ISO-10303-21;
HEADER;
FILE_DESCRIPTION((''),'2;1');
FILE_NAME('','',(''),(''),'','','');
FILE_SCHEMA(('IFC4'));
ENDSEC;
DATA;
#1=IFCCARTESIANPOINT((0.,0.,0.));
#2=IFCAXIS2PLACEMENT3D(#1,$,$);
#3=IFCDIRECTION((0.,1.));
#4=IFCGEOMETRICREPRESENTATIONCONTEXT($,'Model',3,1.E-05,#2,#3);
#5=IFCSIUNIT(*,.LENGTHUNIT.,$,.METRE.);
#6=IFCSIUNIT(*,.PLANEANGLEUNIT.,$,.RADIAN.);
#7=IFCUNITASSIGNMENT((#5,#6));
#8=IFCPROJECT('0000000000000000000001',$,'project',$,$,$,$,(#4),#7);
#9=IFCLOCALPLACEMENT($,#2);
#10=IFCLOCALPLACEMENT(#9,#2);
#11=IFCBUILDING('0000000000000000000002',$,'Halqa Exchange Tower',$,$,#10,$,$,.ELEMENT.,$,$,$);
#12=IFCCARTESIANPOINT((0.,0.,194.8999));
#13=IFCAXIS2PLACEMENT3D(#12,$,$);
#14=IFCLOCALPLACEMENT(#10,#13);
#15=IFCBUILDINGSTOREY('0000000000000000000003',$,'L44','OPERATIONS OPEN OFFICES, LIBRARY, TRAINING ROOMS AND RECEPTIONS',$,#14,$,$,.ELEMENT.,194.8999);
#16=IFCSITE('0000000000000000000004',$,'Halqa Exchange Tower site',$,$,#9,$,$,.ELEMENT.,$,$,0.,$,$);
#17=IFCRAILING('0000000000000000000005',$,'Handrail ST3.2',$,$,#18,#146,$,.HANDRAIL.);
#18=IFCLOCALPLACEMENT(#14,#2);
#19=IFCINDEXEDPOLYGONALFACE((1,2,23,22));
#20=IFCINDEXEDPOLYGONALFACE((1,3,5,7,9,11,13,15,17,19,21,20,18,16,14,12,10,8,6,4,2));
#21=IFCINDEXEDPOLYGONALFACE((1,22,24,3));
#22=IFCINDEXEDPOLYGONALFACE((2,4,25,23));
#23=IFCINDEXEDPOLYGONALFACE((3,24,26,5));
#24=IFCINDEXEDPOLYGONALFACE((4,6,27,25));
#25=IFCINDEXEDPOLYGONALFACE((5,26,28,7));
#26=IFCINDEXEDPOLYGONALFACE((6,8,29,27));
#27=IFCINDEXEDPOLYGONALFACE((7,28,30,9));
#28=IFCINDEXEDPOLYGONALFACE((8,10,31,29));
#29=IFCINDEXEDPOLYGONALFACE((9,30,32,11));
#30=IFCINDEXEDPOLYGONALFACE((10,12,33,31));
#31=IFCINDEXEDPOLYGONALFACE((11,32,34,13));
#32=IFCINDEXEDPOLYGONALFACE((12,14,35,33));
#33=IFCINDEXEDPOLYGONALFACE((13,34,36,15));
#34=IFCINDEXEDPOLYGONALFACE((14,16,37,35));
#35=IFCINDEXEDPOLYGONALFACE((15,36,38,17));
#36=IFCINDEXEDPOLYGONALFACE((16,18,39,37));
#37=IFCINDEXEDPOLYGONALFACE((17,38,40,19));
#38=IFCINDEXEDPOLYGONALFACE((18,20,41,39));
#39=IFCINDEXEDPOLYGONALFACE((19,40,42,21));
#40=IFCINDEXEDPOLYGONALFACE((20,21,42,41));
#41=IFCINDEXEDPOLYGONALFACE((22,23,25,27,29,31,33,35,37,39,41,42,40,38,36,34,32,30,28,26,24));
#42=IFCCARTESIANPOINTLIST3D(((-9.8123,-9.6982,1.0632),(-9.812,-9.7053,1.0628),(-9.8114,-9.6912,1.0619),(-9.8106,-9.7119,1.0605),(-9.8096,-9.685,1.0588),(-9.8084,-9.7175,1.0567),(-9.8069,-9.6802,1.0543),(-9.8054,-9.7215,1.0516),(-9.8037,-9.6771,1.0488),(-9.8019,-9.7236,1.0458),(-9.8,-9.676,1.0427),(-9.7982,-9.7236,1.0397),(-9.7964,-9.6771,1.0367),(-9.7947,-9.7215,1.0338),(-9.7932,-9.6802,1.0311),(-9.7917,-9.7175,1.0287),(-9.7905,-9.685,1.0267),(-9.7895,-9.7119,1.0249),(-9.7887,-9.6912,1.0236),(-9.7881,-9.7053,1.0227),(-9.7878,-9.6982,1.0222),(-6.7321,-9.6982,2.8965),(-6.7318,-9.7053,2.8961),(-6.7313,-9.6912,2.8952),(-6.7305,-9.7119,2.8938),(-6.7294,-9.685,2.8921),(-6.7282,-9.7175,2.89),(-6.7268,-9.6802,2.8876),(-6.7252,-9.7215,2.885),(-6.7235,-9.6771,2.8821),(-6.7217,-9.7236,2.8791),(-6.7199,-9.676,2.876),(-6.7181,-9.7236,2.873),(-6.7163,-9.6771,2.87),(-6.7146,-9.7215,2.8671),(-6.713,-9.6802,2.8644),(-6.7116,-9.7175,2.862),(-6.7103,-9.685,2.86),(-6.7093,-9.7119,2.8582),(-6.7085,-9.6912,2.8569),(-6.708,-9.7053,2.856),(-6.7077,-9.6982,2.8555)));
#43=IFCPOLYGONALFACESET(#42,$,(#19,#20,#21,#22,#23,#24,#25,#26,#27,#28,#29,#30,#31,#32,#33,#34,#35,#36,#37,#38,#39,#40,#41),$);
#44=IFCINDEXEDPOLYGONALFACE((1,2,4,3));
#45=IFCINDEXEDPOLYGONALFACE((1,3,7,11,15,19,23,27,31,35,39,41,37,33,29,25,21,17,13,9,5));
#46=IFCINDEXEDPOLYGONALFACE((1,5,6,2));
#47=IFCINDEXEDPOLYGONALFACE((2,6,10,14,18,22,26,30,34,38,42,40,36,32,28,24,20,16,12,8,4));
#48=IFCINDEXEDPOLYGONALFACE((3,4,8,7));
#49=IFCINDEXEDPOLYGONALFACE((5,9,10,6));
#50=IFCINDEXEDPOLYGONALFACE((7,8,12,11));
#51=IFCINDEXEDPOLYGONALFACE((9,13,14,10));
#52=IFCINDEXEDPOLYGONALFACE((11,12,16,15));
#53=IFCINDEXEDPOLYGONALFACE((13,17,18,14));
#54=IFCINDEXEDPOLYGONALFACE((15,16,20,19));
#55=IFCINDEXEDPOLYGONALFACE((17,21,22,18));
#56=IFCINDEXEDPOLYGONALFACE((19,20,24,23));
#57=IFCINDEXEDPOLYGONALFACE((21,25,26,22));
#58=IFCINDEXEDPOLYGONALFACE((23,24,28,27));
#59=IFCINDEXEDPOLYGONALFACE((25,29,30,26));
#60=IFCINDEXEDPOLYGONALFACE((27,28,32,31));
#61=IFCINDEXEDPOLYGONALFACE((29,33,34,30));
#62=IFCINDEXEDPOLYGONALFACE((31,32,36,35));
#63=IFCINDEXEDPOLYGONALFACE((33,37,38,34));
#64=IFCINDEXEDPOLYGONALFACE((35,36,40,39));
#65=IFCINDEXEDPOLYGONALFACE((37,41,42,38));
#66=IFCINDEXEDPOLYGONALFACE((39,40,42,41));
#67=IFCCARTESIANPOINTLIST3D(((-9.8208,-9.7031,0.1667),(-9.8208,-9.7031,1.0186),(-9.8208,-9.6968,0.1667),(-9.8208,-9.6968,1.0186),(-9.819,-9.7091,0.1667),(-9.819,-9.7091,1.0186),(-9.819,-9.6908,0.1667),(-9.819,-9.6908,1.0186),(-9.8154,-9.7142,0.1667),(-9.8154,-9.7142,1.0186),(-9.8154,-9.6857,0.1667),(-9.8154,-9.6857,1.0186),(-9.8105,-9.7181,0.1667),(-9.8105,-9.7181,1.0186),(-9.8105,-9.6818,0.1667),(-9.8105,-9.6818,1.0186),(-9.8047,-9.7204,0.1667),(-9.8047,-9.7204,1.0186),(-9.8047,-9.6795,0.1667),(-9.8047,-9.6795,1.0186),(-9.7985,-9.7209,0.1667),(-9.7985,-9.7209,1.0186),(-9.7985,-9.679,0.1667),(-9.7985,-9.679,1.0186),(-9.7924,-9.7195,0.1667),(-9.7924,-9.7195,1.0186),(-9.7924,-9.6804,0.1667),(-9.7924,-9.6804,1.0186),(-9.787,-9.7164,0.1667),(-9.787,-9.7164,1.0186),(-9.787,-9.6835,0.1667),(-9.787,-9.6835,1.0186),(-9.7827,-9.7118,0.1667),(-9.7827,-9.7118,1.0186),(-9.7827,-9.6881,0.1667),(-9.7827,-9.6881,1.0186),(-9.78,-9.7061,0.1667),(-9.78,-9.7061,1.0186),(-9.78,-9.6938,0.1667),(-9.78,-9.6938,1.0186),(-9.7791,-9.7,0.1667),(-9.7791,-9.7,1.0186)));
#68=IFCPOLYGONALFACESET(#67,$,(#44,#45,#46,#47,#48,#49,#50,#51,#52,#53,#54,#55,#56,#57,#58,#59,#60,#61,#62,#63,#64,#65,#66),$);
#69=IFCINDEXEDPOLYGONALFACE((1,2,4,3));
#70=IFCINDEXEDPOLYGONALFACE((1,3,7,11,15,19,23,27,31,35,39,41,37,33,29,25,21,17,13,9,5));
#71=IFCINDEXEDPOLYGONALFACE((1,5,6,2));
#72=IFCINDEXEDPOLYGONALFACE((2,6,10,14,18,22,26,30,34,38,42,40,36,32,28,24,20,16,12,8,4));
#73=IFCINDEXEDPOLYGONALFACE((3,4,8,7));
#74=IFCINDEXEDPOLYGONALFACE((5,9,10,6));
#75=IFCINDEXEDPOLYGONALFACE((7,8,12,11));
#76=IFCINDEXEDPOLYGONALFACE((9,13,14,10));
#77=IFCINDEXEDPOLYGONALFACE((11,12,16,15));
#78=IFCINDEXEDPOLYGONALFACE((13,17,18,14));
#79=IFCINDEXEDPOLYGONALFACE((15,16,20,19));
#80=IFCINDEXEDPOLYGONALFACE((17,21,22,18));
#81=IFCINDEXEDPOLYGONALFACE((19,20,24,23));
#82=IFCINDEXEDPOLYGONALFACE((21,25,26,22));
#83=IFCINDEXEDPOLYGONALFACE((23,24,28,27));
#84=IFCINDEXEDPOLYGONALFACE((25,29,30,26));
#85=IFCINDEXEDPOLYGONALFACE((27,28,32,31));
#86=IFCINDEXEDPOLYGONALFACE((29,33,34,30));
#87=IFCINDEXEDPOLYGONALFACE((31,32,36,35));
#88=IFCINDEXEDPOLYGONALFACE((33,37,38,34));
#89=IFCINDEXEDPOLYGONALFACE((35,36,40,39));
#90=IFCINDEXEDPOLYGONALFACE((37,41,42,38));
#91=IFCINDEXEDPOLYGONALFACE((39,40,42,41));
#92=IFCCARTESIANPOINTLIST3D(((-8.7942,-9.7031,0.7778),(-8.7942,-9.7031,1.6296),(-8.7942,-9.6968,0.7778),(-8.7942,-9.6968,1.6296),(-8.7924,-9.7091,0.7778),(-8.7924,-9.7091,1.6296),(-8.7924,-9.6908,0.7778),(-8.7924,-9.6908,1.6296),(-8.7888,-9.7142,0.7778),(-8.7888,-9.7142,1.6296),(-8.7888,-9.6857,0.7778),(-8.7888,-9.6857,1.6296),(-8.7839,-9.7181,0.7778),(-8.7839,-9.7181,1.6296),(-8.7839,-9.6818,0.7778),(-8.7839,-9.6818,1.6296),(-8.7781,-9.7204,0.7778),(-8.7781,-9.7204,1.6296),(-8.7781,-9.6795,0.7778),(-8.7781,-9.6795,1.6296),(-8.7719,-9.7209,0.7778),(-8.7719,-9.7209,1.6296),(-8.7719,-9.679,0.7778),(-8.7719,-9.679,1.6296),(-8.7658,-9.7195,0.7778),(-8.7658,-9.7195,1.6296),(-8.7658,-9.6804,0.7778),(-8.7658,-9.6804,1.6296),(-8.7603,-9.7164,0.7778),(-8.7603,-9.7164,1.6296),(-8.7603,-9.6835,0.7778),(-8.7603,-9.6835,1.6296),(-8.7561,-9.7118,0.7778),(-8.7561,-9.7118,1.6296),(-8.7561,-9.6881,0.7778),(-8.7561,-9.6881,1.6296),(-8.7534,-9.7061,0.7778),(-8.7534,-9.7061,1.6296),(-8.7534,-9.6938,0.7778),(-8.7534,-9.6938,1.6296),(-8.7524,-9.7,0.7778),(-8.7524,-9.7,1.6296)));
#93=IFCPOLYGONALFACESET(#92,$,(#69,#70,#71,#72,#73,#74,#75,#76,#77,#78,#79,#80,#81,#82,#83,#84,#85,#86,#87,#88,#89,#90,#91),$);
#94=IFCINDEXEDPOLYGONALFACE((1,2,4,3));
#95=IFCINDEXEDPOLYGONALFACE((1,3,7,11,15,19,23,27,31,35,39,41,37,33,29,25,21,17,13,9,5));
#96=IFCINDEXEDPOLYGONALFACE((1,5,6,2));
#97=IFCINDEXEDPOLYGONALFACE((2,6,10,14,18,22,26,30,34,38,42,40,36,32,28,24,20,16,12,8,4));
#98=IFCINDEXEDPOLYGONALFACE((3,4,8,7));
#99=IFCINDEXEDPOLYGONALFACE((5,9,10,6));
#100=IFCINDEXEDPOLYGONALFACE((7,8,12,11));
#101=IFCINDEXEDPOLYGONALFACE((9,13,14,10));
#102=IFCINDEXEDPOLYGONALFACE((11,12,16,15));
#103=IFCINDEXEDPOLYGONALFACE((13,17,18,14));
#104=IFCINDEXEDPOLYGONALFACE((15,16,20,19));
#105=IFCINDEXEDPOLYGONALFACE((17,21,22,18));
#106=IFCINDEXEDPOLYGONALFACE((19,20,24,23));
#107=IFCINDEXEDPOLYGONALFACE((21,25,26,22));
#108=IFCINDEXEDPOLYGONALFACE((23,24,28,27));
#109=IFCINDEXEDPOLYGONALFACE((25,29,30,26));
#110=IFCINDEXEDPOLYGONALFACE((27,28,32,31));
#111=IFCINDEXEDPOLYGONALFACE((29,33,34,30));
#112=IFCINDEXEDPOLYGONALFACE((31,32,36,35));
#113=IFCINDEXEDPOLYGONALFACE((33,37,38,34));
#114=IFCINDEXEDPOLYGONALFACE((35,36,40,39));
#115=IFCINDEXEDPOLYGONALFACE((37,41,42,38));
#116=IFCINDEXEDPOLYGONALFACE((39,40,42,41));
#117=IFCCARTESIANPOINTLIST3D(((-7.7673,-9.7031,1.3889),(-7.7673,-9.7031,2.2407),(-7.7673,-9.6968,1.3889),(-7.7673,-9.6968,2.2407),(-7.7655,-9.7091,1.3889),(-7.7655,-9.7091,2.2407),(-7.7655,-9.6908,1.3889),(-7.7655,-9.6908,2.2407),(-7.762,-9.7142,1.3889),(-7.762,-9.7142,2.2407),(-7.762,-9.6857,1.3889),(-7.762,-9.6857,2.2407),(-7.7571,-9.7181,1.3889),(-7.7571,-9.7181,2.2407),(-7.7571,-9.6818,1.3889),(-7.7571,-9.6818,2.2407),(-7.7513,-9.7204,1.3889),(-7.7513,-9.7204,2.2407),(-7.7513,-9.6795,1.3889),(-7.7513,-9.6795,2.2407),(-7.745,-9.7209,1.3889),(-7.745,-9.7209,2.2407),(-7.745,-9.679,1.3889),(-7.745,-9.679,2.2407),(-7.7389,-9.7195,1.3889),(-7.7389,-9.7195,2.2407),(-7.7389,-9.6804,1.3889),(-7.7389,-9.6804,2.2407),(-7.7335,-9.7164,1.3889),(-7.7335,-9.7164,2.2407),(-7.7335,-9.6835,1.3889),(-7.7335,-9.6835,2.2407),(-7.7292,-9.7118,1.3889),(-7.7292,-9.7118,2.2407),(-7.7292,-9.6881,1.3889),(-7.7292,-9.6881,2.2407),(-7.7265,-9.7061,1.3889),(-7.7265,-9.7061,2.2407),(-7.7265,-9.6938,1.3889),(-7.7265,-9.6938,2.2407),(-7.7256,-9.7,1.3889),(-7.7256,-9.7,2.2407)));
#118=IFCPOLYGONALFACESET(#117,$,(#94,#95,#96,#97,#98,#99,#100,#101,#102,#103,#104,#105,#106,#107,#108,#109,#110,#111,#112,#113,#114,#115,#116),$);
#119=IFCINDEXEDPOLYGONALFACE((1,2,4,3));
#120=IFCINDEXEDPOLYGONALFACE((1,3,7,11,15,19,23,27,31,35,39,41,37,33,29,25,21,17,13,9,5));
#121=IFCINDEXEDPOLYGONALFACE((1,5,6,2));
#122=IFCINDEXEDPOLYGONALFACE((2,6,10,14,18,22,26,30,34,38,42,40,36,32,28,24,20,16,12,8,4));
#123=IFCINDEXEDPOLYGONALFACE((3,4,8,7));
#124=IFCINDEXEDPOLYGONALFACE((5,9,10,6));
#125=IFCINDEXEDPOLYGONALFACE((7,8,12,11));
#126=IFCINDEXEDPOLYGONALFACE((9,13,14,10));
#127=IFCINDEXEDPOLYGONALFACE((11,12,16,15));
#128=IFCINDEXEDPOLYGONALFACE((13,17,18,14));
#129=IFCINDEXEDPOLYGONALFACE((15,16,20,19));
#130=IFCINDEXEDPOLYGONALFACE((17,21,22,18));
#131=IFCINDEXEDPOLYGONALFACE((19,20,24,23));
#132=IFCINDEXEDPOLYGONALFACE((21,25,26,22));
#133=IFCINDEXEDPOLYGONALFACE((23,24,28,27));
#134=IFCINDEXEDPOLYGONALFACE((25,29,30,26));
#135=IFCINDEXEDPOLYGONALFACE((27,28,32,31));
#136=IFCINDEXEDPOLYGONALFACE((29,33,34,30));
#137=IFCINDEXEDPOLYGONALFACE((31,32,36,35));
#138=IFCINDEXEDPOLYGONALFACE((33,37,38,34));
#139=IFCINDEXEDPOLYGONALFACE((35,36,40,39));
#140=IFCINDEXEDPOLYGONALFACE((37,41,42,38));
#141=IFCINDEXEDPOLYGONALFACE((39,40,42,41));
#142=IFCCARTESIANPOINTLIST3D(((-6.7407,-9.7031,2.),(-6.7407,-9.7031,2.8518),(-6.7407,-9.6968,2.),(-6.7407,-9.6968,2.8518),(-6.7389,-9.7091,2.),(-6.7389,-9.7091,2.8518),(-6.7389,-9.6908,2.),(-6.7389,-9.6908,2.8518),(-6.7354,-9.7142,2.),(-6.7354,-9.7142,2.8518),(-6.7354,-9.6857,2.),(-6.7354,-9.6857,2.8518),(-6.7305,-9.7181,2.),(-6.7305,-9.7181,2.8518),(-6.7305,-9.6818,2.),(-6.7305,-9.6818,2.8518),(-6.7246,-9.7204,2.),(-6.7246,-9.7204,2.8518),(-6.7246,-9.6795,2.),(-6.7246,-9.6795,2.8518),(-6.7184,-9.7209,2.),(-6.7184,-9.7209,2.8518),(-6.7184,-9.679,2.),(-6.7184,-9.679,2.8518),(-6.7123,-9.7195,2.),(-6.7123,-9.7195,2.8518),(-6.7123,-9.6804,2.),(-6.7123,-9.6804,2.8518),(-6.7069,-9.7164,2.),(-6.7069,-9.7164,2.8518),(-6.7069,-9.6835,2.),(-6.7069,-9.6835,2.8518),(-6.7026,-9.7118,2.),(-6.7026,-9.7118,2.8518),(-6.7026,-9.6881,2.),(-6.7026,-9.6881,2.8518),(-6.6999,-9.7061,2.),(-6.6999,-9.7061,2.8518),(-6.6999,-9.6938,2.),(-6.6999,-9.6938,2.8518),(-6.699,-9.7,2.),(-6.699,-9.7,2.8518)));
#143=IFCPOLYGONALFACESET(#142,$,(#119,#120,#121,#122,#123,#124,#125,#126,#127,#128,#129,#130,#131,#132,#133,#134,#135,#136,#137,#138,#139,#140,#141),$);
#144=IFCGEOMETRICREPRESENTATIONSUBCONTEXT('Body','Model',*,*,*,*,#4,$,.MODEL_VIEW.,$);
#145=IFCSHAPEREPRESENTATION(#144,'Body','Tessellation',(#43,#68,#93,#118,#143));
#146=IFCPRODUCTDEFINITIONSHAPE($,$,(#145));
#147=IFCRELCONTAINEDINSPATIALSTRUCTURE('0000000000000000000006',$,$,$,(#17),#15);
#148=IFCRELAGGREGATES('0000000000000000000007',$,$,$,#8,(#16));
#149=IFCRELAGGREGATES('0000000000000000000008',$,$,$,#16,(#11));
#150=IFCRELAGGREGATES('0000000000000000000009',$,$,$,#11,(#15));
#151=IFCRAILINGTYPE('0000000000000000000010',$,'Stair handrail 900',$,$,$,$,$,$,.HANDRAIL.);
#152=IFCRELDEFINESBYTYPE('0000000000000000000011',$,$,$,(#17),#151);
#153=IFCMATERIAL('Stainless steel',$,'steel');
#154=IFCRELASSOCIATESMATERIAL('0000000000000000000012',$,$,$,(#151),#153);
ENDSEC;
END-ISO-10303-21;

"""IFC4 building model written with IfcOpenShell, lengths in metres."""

from ifc_helpers import new_model, si_unit, direction, frame, origin, origin_2d, place, context, subcontext, project, spatial, circle, extrude, material, type_object, element, save


model = new_model("IFC4")

# Units and contexts
model_context = context("Model", 3, precision=1e-05, world=origin(), true_north=direction((0.0, 1.0)))
body_context = subcontext(model_context, "Body", "Model", "MODEL_VIEW")
ifc_project = project(units=[si_unit("LENGTHUNIT", "METRE"), si_unit("PLANEANGLEUNIT", "RADIAN")], contexts=[model_context])

# Site, building, storey
site_placement = place(None, origin())
site = spatial("IfcSite", under=ifc_project, at=site_placement, Name="Halqa Exchange Tower site", CompositionType="ELEMENT", RefElevation=0.0)
building_placement = place(site_placement, origin())
building = spatial("IfcBuilding", under=site, at=building_placement, Name="Halqa Exchange Tower", CompositionType="ELEMENT")
storey_placement = place(building_placement, frame((0.0, 0.0, 194.8999)))
storey = spatial("IfcBuildingStorey", under=building, at=storey_placement, Name="L44", Description="OPERATIONS OPEN OFFICES, LIBRARY, TRAINING ROOMS AND RECEPTIONS", CompositionType="ELEMENT", Elevation=194.8999)

# Shared definitions
ifc_material_1 = material(Name="Stainless steel", Category="steel")

# Railing
railing_type_1 = type_object("IfcRailingType", Name="Stair handrail 900", PredefinedType="HANDRAIL", material=ifc_material_1)
railing_1_placement = place(storey_placement, frame((-9.8, -9.7, 0.1667)))
element("IfcRailing", 1, at=railing_1_placement, inside=storey, type_object=railing_type_1, Name="Handrail ST3.2", PredefinedType="HANDRAIL", context=body_context, shape_type="SweptSolid", body=[
    extrude(circle(Radius=0.0239, at=origin_2d()), frame((0.0, 0.0, 0.876), z_axis=(0.859309, 0.0, 0.511458), x_axis=(0.0, 1.0, 0.0)), (0.0, 0.0, 1.0), 3.5845),
    extrude(circle(Radius=0.021, at=origin_2d()), origin(), (0.0, 0.0, 1.0), 0.8518),
    extrude(circle(Radius=0.021, at=origin_2d()), frame((1.0266, 0.0, 0.6111)), (0.0, 0.0, 1.0), 0.8518),
    extrude(circle(Radius=0.021, at=origin_2d()), frame((2.0535, 0.0, 1.2222)), (0.0, 0.0, 1.0), 0.8518),
    extrude(circle(Radius=0.021, at=origin_2d()), frame((3.0801, 0.0, 1.8333)), (0.0, 0.0, 1.0), 0.8518),
])

save(model, "model.ifc")
